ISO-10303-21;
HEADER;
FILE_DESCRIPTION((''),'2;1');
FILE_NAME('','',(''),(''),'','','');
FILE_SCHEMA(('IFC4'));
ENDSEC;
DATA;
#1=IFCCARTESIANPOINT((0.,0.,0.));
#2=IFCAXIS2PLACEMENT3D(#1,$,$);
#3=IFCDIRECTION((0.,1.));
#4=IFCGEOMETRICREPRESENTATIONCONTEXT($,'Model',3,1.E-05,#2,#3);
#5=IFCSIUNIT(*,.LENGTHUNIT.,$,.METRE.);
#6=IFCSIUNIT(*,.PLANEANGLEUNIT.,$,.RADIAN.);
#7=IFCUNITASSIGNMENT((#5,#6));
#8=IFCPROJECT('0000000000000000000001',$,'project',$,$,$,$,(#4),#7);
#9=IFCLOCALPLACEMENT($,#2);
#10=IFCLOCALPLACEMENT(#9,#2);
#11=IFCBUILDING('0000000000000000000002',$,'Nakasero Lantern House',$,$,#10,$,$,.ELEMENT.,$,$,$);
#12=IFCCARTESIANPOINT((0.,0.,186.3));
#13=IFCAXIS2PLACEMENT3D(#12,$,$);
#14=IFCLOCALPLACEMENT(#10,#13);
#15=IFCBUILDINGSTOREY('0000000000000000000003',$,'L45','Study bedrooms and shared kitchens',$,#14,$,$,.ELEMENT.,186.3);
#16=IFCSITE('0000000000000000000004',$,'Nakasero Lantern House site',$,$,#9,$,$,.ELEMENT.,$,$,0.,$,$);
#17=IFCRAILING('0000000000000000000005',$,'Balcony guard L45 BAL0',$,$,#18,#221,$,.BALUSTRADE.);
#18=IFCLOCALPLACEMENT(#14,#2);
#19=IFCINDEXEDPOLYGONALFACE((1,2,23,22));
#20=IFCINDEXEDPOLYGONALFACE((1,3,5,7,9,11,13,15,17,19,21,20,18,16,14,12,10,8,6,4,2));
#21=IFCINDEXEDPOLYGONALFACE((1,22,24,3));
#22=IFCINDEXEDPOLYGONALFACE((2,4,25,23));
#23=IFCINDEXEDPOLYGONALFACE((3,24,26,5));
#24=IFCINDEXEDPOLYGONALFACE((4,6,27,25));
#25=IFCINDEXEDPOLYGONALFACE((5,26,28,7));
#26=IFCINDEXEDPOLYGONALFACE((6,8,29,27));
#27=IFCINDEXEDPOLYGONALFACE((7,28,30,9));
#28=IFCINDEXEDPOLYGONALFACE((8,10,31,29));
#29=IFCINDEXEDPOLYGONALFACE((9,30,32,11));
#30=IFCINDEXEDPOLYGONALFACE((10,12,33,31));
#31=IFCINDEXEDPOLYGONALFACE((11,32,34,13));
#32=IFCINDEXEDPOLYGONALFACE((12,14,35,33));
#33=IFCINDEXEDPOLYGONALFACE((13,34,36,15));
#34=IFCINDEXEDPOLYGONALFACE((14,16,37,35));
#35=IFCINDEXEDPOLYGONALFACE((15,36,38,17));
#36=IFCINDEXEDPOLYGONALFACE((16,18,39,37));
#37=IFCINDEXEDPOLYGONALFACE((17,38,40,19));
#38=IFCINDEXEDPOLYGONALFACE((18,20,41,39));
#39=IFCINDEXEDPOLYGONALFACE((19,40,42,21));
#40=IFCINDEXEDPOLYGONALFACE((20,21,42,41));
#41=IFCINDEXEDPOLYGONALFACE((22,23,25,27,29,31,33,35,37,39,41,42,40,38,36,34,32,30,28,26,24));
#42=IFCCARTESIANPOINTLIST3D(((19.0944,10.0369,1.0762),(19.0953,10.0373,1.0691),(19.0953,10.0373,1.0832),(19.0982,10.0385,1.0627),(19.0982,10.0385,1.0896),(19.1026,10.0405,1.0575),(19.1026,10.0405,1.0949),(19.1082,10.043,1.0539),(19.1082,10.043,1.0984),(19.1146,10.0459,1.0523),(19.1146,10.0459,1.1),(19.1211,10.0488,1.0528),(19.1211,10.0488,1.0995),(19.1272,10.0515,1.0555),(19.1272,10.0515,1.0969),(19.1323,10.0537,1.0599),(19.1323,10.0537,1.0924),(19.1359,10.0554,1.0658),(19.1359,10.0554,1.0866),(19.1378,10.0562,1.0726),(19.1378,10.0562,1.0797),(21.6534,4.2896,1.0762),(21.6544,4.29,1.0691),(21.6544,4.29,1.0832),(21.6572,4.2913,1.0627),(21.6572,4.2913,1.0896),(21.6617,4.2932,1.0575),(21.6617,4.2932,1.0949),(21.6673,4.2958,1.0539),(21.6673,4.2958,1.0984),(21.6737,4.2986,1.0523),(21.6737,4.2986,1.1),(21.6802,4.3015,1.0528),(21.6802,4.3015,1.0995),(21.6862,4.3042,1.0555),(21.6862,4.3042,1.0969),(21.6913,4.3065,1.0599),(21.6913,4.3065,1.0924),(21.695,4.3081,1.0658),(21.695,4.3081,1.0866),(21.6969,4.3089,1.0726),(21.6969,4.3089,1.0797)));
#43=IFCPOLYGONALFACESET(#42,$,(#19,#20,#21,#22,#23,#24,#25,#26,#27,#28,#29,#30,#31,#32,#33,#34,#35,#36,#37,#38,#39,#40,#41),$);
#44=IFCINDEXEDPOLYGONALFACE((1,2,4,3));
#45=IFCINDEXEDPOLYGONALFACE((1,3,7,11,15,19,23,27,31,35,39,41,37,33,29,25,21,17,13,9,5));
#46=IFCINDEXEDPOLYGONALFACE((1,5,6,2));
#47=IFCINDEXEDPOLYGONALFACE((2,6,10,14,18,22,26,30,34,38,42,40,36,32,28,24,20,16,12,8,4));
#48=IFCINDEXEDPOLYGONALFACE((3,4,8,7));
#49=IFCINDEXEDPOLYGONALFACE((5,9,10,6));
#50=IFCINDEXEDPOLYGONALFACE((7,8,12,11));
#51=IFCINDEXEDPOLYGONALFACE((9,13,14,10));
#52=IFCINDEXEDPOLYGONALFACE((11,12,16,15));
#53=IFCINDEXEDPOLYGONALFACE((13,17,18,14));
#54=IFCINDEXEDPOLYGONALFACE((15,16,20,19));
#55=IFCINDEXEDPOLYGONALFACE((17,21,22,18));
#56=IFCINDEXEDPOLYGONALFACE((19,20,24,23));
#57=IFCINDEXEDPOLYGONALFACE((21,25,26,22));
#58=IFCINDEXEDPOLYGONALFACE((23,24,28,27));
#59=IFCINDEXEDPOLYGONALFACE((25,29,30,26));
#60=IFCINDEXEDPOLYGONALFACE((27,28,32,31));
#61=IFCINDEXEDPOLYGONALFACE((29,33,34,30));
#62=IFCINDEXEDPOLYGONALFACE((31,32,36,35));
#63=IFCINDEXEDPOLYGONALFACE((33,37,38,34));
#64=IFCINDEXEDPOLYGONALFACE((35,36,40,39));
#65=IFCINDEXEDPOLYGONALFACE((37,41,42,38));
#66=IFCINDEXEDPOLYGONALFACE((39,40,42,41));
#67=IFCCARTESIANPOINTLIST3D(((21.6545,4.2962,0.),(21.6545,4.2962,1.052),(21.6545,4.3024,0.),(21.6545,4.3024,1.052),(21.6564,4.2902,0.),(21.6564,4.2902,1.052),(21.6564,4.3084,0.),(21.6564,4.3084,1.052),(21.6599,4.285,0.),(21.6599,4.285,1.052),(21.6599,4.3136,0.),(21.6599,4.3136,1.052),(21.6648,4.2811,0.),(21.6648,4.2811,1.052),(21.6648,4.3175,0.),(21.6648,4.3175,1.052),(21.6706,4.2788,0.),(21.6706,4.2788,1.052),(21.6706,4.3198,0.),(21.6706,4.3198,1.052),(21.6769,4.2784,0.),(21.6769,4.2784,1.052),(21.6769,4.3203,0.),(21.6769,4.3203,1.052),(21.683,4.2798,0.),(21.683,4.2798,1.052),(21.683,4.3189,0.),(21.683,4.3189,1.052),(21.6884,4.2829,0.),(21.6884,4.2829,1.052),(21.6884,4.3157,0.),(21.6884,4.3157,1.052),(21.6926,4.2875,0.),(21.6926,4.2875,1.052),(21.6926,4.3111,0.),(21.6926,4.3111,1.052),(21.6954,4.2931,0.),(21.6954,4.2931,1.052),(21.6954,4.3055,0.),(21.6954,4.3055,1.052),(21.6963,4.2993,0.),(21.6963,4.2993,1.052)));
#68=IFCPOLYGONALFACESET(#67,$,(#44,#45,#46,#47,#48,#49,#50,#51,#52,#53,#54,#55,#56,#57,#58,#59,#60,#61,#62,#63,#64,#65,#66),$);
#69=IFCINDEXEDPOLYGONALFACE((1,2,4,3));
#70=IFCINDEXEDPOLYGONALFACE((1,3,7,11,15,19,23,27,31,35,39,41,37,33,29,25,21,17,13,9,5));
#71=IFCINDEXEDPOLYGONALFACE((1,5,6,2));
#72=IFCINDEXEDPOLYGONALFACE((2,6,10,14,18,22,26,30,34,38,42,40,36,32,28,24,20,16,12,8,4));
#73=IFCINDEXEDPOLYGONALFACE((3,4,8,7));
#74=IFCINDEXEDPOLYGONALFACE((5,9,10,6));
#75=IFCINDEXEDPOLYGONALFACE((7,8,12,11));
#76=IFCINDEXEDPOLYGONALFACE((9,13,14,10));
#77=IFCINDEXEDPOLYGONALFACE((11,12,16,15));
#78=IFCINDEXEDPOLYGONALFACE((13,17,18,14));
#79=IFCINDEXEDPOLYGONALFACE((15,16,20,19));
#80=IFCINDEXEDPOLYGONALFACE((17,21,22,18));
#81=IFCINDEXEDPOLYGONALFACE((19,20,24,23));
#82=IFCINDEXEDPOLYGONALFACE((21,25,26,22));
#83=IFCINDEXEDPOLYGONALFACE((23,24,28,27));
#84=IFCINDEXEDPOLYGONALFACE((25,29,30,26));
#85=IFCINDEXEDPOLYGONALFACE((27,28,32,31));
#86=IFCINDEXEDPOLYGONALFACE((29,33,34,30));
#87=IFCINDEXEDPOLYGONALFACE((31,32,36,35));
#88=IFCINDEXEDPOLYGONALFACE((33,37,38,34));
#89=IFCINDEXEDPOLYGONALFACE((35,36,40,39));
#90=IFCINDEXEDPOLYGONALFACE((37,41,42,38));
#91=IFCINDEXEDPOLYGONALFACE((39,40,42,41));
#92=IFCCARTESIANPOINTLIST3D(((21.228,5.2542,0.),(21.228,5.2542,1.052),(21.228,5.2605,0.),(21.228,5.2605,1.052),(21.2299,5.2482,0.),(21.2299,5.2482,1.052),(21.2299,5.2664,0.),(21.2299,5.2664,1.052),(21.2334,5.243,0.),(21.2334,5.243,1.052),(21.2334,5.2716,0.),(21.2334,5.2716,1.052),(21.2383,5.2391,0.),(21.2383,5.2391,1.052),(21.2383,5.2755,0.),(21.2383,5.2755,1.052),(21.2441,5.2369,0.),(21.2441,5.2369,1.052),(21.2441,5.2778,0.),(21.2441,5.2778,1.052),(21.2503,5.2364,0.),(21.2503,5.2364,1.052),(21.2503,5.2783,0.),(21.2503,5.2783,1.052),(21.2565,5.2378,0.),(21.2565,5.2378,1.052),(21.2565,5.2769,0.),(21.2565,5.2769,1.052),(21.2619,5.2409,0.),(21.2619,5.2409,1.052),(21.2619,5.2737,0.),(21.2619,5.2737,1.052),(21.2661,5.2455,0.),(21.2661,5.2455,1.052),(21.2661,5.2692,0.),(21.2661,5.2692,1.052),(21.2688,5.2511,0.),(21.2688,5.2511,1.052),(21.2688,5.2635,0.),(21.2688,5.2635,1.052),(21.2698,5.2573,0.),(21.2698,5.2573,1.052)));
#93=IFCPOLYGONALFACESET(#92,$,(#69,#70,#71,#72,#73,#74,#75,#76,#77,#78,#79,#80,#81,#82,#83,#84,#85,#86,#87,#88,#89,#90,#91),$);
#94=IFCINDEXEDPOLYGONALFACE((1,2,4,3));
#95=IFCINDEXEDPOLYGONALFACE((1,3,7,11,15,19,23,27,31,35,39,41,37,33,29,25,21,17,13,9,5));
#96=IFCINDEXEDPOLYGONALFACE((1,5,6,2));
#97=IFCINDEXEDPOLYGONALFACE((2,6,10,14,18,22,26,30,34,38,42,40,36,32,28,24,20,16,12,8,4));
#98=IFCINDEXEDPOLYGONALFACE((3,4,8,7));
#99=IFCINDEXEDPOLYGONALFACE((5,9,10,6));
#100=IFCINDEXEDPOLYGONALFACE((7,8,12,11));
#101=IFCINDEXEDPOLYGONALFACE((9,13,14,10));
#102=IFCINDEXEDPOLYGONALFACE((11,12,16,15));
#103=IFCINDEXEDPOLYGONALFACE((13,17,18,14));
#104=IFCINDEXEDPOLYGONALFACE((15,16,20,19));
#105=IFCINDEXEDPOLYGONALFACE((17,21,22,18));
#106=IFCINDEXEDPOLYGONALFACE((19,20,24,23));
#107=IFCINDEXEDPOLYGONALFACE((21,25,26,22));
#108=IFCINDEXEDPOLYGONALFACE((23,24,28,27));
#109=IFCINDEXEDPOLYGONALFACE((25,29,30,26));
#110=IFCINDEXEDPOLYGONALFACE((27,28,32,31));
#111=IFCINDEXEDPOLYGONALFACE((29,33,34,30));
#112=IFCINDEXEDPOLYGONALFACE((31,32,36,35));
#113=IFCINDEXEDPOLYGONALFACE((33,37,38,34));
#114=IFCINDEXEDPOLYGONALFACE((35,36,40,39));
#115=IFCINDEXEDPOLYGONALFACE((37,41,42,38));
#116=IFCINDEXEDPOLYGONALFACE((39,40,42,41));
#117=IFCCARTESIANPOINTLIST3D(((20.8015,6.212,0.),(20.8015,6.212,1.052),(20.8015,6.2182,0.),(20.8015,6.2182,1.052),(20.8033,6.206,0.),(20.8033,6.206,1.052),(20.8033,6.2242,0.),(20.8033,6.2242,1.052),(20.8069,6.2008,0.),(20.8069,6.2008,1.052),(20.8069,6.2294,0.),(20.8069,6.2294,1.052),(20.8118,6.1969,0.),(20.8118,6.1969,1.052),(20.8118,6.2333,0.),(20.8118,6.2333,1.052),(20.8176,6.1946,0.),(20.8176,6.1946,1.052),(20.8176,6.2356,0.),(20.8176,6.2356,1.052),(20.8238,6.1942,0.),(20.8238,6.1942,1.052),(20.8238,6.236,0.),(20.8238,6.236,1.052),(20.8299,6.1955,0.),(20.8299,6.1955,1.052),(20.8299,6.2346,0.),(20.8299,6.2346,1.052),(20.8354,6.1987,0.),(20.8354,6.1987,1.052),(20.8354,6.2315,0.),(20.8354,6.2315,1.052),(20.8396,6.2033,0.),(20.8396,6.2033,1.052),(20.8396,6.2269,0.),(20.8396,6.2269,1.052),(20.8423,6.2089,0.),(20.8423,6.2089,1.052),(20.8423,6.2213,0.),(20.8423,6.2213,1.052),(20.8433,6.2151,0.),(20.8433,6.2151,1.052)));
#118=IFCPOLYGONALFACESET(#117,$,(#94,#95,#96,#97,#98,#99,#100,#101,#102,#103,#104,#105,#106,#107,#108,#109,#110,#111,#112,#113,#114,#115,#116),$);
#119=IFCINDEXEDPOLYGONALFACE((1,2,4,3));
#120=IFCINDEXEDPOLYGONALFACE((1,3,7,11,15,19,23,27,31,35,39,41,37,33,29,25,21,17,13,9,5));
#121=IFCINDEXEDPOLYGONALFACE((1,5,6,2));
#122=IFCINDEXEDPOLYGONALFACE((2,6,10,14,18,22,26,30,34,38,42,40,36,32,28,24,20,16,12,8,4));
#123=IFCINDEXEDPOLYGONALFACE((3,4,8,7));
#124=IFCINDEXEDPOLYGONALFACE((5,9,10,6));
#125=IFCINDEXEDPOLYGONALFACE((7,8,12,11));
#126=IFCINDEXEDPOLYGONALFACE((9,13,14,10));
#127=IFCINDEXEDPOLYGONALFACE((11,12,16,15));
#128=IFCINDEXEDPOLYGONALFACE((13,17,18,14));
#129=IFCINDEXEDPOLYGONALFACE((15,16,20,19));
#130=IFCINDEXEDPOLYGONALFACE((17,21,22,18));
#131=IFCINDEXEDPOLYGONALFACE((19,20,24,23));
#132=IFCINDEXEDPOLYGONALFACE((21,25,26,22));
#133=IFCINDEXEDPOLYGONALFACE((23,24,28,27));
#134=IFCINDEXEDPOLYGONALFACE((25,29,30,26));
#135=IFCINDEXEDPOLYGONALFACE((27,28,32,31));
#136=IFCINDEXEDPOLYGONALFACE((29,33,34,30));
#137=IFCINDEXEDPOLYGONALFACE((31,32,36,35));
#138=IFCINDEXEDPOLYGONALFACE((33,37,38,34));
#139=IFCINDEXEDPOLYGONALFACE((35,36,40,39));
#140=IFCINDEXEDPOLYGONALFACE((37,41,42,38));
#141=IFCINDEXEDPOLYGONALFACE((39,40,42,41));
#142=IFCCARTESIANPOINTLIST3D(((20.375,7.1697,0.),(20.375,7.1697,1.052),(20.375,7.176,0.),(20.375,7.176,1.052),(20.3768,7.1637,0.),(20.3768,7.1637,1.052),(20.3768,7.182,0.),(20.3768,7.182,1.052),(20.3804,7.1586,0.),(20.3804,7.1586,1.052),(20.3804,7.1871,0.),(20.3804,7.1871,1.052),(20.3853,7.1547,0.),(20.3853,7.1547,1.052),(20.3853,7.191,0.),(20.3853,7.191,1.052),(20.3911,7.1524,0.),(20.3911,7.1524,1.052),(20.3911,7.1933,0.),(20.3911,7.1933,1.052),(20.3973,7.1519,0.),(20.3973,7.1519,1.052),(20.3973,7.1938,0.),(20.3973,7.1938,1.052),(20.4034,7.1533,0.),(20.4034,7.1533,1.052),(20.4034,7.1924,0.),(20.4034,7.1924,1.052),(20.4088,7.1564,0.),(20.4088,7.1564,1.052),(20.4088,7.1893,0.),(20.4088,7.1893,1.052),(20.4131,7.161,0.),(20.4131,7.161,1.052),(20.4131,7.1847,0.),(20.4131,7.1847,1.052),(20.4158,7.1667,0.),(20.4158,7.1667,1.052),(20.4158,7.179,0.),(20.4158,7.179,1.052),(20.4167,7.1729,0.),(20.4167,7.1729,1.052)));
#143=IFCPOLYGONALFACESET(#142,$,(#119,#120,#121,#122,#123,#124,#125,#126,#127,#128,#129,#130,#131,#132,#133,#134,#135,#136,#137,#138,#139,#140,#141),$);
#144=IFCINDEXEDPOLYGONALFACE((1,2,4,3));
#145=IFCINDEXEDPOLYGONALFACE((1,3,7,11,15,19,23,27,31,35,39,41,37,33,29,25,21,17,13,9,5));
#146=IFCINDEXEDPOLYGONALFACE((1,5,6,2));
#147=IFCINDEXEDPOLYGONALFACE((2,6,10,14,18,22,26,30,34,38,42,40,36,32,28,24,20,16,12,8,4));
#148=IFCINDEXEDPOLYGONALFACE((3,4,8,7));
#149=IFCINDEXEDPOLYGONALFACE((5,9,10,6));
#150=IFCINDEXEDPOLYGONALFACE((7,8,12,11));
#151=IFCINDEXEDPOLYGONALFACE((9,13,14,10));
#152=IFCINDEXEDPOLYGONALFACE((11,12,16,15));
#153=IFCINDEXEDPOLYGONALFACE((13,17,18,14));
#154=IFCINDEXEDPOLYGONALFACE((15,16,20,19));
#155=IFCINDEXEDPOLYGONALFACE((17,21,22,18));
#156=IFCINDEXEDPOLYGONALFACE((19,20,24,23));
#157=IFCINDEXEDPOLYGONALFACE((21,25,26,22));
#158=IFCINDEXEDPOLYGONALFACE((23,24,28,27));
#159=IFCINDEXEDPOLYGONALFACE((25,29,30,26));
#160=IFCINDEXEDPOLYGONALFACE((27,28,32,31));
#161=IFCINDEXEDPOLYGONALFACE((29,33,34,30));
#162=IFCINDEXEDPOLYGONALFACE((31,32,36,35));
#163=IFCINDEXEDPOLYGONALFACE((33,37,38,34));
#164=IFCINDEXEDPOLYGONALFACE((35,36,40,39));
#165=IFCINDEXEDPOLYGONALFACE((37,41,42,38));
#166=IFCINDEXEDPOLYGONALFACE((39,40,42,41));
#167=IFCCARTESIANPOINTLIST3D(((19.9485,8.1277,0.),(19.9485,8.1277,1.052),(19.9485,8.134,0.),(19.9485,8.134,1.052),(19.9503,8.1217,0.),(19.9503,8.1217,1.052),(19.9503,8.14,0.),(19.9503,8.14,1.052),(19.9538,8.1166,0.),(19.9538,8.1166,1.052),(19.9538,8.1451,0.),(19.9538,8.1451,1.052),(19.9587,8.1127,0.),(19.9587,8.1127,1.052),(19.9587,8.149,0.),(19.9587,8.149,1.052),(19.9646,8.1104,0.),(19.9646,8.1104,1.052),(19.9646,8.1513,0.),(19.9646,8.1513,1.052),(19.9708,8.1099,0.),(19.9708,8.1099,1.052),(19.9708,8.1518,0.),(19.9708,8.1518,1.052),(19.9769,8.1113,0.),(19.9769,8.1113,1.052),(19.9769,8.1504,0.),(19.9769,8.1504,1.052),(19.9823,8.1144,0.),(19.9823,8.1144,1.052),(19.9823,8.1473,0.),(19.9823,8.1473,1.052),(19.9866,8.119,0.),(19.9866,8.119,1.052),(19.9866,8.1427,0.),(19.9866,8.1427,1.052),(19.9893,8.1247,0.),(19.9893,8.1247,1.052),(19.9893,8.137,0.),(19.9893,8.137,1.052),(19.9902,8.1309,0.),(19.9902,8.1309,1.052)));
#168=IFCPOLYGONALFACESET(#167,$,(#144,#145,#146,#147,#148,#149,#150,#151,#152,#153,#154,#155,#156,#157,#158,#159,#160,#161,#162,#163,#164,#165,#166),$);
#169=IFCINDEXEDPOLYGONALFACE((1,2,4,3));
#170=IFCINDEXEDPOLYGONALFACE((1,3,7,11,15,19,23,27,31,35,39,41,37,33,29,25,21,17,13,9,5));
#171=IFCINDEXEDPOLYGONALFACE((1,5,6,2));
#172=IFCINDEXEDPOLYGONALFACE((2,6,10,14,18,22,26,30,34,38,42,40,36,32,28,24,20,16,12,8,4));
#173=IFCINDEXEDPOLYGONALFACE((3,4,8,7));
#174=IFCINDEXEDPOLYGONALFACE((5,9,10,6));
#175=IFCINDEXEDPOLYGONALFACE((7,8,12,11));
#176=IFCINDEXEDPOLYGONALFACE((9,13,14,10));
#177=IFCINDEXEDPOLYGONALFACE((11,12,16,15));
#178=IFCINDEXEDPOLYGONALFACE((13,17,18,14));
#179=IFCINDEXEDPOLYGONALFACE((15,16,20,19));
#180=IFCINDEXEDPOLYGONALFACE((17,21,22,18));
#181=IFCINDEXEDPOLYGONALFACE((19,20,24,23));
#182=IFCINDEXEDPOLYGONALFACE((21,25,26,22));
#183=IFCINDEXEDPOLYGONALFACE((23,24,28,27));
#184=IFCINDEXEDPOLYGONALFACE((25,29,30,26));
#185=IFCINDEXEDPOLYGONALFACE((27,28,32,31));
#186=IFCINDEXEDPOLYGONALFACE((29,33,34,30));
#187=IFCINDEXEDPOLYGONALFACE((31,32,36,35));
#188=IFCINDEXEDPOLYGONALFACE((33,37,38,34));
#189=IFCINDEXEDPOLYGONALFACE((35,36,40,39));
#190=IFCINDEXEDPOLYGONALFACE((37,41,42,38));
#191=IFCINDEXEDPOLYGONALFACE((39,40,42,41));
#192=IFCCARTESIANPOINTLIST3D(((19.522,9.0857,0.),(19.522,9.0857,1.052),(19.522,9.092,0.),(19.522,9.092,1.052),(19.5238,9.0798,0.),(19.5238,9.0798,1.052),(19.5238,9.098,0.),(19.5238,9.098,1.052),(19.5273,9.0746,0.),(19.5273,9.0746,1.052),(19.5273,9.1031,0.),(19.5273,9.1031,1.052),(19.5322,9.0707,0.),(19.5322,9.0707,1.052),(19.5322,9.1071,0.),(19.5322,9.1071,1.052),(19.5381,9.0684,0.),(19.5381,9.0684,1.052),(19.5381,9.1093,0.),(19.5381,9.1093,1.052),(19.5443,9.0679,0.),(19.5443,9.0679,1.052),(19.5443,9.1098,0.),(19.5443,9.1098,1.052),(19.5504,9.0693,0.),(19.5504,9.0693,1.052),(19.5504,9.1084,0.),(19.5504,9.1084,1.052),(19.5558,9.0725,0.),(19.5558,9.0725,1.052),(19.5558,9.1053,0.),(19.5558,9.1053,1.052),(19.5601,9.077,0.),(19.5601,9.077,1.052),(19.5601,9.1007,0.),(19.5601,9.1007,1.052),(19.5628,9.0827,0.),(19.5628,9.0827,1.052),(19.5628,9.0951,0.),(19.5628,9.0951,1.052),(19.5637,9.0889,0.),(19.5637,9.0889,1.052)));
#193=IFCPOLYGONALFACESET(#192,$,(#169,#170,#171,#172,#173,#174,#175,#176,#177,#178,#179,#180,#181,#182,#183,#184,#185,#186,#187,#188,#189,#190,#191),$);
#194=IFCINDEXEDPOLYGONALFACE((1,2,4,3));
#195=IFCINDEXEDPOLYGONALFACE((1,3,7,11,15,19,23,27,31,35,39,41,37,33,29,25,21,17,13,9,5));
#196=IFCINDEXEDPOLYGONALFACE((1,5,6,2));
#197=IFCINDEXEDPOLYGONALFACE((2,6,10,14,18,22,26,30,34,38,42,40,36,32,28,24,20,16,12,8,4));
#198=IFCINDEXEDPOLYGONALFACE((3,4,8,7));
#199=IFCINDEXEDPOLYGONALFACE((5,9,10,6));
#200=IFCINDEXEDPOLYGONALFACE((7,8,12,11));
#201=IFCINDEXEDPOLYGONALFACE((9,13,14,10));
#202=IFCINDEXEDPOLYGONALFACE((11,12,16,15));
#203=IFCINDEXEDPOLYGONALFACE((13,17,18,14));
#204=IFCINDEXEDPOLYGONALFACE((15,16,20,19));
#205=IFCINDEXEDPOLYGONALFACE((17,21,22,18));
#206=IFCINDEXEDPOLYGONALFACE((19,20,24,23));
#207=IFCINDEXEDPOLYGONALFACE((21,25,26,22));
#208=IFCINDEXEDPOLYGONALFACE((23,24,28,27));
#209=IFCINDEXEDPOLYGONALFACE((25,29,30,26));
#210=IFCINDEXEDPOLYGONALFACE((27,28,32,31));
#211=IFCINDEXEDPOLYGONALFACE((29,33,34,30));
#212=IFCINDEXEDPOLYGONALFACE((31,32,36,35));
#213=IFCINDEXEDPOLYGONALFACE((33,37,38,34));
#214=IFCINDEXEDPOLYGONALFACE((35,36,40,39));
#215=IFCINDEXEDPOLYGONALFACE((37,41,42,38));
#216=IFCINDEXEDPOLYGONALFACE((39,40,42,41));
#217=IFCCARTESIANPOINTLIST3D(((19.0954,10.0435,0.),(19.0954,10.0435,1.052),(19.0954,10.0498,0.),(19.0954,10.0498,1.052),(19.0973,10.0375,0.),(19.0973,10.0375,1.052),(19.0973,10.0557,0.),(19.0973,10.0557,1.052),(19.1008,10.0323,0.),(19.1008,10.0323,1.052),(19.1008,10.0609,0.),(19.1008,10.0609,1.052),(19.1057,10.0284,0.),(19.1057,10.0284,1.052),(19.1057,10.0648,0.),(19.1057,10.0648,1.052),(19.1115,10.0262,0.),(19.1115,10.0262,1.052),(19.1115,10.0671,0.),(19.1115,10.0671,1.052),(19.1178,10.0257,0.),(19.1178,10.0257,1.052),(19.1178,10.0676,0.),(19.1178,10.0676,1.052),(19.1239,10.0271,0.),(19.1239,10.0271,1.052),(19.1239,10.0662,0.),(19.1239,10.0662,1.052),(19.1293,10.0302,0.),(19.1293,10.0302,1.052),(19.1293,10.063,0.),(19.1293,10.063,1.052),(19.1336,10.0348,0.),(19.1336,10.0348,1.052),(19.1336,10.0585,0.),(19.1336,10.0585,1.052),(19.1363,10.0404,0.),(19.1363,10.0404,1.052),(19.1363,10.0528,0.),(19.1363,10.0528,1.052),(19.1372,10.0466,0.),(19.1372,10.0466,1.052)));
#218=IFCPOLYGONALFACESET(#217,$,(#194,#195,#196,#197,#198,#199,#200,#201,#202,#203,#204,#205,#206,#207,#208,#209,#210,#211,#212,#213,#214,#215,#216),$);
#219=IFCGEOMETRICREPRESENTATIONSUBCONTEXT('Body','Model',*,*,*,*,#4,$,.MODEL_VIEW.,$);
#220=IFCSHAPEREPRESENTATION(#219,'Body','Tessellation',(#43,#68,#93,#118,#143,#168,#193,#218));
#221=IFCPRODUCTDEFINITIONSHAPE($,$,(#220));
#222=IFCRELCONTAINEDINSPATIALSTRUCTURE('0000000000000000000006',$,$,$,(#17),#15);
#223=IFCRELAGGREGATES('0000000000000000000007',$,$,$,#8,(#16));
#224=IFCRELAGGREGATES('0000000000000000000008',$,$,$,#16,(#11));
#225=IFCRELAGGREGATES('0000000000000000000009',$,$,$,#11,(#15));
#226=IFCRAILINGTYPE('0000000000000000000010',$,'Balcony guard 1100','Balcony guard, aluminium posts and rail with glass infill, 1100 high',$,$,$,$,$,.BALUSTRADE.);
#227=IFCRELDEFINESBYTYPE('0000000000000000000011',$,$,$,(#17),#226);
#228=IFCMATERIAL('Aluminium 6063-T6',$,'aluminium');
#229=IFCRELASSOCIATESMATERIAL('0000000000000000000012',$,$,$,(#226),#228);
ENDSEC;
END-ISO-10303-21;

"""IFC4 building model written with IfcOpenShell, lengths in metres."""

from ifc_helpers import new_model, si_unit, direction, frame, origin, origin_2d, place, context, subcontext, project, spatial, circle, extrude, material, type_object, element, save


model = new_model("IFC4")

# Units and contexts
model_context = context("Model", 3, precision=1e-05, world=origin(), true_north=direction((0.0, 1.0)))
body_context = subcontext(model_context, "Body", "Model", "MODEL_VIEW")
ifc_project = project(units=[si_unit("LENGTHUNIT", "METRE"), si_unit("PLANEANGLEUNIT", "RADIAN")], contexts=[model_context])

# Site, building, storey
site_placement = place(None, origin())
site = spatial("IfcSite", under=ifc_project, at=site_placement, Name="Nakasero Lantern House site", CompositionType="ELEMENT", RefElevation=0.0)
building_placement = place(site_placement, origin())
building = spatial("IfcBuilding", under=site, at=building_placement, Name="Nakasero Lantern House", CompositionType="ELEMENT")
storey_placement = place(building_placement, frame((0.0, 0.0, 186.3)))
storey = spatial("IfcBuildingStorey", under=building, at=storey_placement, Name="L45", Description="Study bedrooms and shared kitchens", CompositionType="ELEMENT", Elevation=186.3)

# Railing
ifc_material_1 = material(Name="Aluminium 6063-T6", Category="aluminium")
railing_type = type_object("IfcRailingType", Name="Balcony guard 1100", Description="Balcony guard, aluminium posts and rail with glass infill, 1100 high", PredefinedType="BALUSTRADE", material=ifc_material_1)
railing_placement = place(storey_placement, frame((21.6753, 4.2993, 0.0)))
element("IfcRailing", 1, at=railing_placement, inside=storey, type_object=railing_type, Name="Balcony guard L45 BAL0", PredefinedType="BALUSTRADE", context=body_context, shape_type="SweptSolid", body=[
    extrude(circle(Radius=0.0239, at=origin_2d()), frame((0.0, 0.0, 1.0762), z_axis=(-0.406765, 0.913533, 0.0), x_axis=(-0.913533, -0.406765, 0.0)), (0.0, 0.0, 1.0), 6.2913),
    extrude(circle(Radius=0.021, at=origin_2d()), origin(), (0.0, 0.0, 1.0), 1.052),
    extrude(circle(Radius=0.021, at=origin_2d()), frame((-0.4265, 0.958, 0.0)), (0.0, 0.0, 1.0), 1.052),
    extrude(circle(Radius=0.021, at=origin_2d()), frame((-0.853, 1.9158, 0.0)), (0.0, 0.0, 1.0), 1.052),
    extrude(circle(Radius=0.021, at=origin_2d()), frame((-1.2795, 2.8735, 0.0)), (0.0, 0.0, 1.0), 1.052),
    extrude(circle(Radius=0.021, at=origin_2d()), frame((-1.7061, 3.8315, 0.0)), (0.0, 0.0, 1.0), 1.052),
    extrude(circle(Radius=0.021, at=origin_2d()), frame((-2.1326, 4.7896, 0.0)), (0.0, 0.0, 1.0), 1.052),
    extrude(circle(Radius=0.021, at=origin_2d()), frame((-2.5591, 5.7473, 0.0)), (0.0, 0.0, 1.0), 1.052),
])

save(model, "model.ifc")
